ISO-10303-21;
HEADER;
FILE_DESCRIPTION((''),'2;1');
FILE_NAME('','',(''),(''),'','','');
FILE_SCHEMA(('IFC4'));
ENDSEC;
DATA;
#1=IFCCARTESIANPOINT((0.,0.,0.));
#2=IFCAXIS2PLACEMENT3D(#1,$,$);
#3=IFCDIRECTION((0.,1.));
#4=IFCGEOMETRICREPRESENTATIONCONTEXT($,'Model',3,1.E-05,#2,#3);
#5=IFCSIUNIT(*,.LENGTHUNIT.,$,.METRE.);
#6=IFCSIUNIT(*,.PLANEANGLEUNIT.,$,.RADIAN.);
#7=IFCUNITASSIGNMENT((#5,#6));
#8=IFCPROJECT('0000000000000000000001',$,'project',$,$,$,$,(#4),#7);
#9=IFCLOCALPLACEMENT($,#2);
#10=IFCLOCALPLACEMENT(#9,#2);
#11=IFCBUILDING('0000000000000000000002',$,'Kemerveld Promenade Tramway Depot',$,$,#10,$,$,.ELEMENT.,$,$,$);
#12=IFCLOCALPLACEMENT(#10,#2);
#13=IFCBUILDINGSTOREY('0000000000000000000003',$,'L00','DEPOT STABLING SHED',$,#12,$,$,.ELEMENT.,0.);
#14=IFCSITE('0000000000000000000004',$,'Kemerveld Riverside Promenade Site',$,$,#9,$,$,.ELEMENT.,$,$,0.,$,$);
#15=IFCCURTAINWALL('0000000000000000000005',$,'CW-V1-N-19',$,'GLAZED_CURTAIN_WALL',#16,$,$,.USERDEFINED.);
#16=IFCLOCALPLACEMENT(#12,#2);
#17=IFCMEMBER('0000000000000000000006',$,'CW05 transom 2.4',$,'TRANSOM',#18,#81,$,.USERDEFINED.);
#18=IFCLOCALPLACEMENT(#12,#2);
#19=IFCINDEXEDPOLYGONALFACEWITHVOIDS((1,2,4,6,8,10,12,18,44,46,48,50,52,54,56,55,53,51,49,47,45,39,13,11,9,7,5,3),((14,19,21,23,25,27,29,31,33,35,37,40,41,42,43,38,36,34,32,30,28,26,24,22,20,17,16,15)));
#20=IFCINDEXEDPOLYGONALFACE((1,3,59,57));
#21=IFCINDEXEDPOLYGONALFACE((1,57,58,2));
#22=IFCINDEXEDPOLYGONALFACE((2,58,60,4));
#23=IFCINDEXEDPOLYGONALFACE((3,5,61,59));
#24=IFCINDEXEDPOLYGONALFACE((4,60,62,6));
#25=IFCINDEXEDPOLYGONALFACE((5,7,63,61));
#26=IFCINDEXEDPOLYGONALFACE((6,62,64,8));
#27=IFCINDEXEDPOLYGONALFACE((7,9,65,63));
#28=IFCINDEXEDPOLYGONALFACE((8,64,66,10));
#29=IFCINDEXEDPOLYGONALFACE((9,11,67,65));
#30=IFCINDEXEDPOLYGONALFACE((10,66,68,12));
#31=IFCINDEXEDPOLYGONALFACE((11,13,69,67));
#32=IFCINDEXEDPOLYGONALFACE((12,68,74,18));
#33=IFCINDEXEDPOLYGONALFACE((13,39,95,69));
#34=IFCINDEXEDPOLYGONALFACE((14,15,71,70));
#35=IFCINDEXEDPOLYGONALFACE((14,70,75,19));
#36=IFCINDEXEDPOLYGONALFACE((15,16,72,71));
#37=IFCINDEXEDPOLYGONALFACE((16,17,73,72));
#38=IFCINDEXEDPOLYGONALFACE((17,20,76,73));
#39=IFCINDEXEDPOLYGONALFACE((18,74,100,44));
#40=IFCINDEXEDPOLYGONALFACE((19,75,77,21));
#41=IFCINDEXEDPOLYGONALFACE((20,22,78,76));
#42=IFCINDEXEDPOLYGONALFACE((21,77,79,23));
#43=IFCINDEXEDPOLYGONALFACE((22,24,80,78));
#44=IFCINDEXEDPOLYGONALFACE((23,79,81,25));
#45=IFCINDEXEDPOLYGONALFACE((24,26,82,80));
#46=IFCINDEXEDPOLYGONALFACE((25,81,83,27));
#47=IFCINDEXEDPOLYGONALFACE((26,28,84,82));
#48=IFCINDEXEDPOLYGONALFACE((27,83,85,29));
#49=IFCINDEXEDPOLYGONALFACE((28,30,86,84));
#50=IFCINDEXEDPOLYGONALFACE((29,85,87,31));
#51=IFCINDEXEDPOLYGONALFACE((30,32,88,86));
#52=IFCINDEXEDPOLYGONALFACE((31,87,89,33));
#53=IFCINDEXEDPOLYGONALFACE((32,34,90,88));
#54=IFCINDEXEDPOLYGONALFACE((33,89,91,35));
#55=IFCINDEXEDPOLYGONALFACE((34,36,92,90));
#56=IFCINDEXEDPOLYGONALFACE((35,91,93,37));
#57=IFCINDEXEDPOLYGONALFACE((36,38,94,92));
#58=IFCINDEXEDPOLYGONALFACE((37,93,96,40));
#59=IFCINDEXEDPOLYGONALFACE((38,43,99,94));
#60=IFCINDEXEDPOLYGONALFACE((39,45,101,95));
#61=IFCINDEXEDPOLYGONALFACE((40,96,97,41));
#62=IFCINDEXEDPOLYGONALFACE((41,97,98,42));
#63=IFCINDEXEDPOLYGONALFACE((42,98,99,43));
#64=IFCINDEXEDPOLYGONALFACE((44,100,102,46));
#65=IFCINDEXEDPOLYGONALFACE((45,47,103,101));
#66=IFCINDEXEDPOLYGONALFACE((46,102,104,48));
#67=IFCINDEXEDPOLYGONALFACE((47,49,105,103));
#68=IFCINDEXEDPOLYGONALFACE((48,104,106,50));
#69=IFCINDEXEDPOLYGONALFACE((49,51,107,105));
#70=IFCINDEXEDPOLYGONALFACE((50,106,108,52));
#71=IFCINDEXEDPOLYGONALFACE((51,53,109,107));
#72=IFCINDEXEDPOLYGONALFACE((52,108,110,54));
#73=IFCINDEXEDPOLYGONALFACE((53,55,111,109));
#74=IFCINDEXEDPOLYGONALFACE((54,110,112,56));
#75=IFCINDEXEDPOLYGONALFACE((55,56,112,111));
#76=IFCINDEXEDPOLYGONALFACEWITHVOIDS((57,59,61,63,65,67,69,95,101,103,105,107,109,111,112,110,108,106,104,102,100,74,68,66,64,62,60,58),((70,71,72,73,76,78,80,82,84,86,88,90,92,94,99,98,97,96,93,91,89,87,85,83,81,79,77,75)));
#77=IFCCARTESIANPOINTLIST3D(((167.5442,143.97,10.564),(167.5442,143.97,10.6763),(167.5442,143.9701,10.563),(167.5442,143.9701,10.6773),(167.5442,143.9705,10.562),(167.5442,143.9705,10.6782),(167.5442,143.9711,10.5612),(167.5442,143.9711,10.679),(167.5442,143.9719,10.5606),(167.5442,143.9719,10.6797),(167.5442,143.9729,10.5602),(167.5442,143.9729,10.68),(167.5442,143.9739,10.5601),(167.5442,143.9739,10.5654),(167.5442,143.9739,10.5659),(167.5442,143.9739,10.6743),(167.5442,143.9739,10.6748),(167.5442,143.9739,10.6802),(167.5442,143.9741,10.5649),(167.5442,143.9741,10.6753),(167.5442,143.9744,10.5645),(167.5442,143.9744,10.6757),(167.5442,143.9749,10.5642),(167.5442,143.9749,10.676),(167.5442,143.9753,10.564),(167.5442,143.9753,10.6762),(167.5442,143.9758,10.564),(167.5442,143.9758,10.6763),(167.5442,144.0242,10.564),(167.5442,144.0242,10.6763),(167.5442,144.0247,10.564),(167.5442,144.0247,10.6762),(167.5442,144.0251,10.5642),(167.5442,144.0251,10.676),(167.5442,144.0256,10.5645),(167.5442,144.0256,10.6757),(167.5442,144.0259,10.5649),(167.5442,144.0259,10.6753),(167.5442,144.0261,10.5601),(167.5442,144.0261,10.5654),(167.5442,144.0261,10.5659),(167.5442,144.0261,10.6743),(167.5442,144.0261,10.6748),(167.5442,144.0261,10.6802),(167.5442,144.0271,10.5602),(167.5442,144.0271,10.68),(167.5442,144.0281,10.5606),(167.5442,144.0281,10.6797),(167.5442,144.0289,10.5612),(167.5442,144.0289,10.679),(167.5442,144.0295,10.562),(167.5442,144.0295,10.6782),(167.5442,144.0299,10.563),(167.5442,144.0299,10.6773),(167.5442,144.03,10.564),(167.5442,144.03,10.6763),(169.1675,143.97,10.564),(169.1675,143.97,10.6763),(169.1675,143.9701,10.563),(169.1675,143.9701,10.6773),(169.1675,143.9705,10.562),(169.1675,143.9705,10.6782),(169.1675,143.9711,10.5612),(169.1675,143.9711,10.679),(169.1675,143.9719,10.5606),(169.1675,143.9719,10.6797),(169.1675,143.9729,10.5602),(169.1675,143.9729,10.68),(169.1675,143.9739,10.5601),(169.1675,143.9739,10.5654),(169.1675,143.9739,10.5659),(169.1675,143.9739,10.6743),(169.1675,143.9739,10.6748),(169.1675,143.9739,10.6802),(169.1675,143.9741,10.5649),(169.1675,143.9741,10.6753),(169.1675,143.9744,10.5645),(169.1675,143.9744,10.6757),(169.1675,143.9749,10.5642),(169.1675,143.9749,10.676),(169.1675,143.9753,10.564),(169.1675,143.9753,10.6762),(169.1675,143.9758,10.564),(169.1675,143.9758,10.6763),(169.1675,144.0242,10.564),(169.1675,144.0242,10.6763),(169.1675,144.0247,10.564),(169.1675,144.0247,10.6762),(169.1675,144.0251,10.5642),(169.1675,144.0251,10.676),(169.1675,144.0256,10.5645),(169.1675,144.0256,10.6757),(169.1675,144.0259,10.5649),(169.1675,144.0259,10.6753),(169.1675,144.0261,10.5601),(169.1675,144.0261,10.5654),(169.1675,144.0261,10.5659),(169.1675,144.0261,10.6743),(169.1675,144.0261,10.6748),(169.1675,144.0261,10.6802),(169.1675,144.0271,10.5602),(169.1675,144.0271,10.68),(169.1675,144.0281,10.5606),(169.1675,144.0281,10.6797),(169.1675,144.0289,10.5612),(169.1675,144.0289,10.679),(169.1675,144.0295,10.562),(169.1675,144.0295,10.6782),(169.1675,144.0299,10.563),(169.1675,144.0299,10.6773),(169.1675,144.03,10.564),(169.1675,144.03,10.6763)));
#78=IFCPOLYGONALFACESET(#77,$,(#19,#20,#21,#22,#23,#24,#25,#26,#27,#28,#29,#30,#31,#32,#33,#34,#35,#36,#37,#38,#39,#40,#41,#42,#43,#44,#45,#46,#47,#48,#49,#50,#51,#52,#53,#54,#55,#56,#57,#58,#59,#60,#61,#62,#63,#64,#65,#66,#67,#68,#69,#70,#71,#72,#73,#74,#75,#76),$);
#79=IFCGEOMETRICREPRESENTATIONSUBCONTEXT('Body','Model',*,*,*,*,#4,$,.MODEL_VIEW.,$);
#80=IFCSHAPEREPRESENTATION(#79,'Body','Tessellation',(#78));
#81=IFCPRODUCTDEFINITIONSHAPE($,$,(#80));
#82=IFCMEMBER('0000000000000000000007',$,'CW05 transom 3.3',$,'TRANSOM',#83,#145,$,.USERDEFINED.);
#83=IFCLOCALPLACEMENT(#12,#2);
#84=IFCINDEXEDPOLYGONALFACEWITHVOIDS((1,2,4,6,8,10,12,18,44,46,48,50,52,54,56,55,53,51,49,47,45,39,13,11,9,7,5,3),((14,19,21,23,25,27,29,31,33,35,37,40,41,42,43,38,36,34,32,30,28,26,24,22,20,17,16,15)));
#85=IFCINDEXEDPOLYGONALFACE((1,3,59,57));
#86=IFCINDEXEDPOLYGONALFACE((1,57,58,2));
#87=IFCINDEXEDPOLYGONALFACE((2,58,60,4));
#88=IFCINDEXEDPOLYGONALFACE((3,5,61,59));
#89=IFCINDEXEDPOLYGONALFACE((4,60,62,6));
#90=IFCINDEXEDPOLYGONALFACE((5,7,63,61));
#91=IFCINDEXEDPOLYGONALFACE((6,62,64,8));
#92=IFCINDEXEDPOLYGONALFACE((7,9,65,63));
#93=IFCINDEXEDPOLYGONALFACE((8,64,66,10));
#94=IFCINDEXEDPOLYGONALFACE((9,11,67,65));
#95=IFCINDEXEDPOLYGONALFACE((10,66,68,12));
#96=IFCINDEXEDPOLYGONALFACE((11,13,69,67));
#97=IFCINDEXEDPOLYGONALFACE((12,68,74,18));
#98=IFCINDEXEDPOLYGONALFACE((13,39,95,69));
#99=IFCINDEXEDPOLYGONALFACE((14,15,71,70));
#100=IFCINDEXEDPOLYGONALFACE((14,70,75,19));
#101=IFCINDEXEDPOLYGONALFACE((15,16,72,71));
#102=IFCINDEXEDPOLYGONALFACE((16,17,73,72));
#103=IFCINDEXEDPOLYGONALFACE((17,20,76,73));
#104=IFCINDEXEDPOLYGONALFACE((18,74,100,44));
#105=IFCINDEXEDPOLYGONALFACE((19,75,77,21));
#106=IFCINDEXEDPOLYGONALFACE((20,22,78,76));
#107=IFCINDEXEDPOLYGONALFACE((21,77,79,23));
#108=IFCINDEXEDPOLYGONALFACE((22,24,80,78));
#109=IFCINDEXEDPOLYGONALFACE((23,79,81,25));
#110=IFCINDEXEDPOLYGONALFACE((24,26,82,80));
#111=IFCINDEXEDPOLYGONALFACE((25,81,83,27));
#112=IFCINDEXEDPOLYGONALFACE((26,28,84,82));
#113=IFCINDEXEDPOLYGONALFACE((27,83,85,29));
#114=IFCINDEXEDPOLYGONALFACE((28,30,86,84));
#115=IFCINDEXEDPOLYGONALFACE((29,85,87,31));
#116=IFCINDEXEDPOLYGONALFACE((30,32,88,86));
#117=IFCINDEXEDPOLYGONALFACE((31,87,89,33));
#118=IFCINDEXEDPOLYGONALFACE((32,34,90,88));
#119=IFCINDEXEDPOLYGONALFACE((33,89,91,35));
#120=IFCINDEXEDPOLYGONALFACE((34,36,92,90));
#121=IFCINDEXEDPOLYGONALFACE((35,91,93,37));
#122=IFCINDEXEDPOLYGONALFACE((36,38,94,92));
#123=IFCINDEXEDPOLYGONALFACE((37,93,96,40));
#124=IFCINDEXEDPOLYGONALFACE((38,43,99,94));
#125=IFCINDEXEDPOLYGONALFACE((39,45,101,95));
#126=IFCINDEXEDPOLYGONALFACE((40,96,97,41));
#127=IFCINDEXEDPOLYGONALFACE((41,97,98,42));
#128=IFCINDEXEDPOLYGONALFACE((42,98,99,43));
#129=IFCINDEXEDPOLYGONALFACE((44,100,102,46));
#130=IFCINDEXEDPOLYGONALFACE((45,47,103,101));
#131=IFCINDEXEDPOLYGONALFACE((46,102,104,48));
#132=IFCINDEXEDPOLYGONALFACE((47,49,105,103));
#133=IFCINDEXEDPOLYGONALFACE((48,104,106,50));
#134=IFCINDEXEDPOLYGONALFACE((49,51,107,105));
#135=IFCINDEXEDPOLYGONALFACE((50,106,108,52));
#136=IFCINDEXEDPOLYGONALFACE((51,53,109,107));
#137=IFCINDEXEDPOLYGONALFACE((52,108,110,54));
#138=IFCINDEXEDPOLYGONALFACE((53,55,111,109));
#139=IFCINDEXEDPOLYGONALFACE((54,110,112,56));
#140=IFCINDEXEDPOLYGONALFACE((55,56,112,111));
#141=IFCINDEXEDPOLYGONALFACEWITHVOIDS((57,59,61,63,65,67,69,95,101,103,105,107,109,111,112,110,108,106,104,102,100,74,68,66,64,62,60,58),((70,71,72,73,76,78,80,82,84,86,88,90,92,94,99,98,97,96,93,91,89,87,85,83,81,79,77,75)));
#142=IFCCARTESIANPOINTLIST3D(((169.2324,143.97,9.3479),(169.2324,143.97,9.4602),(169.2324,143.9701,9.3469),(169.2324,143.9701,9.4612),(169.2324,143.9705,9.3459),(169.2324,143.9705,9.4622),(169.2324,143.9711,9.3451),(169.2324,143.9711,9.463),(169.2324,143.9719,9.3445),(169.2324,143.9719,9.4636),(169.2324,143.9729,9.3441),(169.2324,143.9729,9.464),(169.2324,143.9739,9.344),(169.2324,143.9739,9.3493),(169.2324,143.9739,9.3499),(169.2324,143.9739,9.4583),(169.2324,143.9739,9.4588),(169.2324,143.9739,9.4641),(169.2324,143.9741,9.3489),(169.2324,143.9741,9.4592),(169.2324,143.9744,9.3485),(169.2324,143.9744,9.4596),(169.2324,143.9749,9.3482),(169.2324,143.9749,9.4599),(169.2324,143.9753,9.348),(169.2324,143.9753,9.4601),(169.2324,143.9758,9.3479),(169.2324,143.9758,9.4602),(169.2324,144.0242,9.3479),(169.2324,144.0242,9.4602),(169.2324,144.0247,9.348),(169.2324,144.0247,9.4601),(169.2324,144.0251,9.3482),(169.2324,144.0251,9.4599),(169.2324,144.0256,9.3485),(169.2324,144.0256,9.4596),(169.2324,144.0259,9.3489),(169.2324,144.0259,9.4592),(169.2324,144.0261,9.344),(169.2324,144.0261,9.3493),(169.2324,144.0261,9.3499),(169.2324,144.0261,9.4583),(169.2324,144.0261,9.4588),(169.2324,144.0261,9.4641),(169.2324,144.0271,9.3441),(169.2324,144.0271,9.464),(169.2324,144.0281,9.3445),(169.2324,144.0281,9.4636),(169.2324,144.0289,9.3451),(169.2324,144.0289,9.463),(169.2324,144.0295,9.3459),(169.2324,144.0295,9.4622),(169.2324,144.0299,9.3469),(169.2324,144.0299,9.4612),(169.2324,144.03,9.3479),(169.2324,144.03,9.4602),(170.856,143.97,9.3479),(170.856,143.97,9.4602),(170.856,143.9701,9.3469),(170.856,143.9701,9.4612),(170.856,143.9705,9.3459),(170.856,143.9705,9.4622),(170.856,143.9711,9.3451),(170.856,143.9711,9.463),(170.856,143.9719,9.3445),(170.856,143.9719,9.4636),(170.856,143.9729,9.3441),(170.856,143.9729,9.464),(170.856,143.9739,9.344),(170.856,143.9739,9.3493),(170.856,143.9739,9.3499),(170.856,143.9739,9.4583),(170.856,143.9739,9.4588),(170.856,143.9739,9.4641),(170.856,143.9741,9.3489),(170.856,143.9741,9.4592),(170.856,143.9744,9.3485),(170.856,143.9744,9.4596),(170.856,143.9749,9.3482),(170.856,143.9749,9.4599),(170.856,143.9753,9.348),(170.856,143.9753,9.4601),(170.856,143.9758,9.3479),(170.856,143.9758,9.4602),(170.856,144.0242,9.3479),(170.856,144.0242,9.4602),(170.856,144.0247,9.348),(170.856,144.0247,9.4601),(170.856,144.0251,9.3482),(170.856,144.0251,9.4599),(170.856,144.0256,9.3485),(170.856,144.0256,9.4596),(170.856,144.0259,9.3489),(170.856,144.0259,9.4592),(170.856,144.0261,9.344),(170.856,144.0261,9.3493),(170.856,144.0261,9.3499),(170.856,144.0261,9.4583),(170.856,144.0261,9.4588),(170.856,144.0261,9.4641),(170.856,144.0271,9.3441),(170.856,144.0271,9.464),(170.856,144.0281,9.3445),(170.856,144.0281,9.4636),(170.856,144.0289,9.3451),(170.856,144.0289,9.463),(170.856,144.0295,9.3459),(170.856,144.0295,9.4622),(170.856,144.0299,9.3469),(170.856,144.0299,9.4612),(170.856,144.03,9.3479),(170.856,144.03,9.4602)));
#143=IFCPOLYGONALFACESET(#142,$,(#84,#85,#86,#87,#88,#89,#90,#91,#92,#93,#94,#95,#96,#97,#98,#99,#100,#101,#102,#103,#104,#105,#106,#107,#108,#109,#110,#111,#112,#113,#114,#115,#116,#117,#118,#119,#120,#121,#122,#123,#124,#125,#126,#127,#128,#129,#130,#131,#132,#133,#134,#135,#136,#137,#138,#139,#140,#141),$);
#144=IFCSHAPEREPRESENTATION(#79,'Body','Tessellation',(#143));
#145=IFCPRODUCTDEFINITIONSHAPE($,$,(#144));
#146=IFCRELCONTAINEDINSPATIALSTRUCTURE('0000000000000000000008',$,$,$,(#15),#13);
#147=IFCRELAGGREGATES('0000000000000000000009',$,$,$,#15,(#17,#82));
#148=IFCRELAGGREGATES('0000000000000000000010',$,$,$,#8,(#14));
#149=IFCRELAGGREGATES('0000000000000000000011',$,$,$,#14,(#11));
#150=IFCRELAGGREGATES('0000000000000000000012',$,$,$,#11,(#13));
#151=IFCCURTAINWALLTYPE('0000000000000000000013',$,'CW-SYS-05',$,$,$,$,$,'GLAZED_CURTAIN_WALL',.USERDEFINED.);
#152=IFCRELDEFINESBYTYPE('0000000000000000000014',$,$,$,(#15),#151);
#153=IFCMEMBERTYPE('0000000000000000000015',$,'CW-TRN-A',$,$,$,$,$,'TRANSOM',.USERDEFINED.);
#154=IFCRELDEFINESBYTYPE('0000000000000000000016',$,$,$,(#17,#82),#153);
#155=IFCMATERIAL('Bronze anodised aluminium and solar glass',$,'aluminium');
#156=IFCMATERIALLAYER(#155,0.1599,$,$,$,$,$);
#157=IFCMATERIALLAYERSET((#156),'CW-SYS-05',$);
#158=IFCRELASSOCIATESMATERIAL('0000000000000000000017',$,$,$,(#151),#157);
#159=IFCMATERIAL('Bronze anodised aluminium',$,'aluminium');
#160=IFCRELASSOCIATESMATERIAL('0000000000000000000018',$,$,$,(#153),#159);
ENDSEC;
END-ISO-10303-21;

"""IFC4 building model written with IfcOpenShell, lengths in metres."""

from ifc_helpers import new_model, si_unit, direction, frame, origin, origin_2d, place, context, subcontext, project, spatial, hollow_rectangle, extrude, material, layer, layer_set, material_profile, profile_set, type_object, element, aggregate, save


model = new_model("IFC4")

# Units and contexts
model_context = context("Model", 3, precision=1e-05, world=origin(), true_north=direction((0.0, 1.0)))
body_context = subcontext(model_context, "Body", "Model", "MODEL_VIEW")
ifc_project = project(units=[si_unit("LENGTHUNIT", "METRE"), si_unit("PLANEANGLEUNIT", "RADIAN")], contexts=[model_context])

# Site, building, storey
site_placement = place(None, origin())
site = spatial("IfcSite", under=ifc_project, at=site_placement, Name="Kemerveld Riverside Promenade Site", CompositionType="ELEMENT", RefElevation=0.0)
building_placement = place(site_placement, origin())
building = spatial("IfcBuilding", under=site, at=building_placement, Name="Kemerveld Promenade Tramway Depot", CompositionType="ELEMENT")
storey_placement = place(building_placement, origin())
storey = spatial("IfcBuildingStorey", under=building, at=storey_placement, Name="L00", Description="DEPOT STABLING SHED", CompositionType="ELEMENT", Elevation=0.0)

# Curtain wall, members
ifc_material_1 = material(Name="Bronze anodised aluminium and solar glass", Category="aluminium")
ifc_layer_1 = layer(ifc_material_1, 0.1599)
ifc_layer_set_1 = layer_set([ifc_layer_1], Name="CW-SYS-05")
curtain_wall_type_1 = type_object("IfcCurtainWallType", Name="CW-SYS-05", ElementType="GLAZED_CURTAIN_WALL", PredefinedType="USERDEFINED", material=ifc_layer_set_1)
curtain_wall_1_placement = place(storey_placement, origin())
curtain_wall_1 = element("IfcCurtainWall", 1, at=curtain_wall_1_placement, inside=storey, type_object=curtain_wall_type_1, Name="CW-V1-N-19", ObjectType="GLAZED_CURTAIN_WALL", PredefinedType="USERDEFINED")
ifc_material_2 = material(Name="Bronze anodised aluminium", Category="aluminium")
ifc_material_profile_1 = material_profile(ifc_material_2, hollow_rectangle(XDim=0.0601, YDim=0.1201, WallThickness=0.0039, InnerFilletRadius=0.002, OuterFilletRadius=0.0039, at=origin_2d()), Name="CW-TRN-120x60")
ifc_profile_set_1 = profile_set([ifc_material_profile_1], Name="Bronze anodised aluminium")
member_type_1 = type_object("IfcMemberType", Name="CW-TRN-A", ElementType="TRANSOM", PredefinedType="USERDEFINED", material=ifc_profile_set_1)
member_1_placement = place(storey_placement, frame((167.5442, 144.0, 10.6201), z_axis=(1.0, 0.0, 0.0), x_axis=(0.0, 1.0, 0.0)))
member_1 = element("IfcMember", 2, at=member_1_placement, type_object=member_type_1, Name="CW05 transom 2.4", ObjectType="TRANSOM", PredefinedType="USERDEFINED", context=body_context, shape_type="SweptSolid", body=[
    extrude(hollow_rectangle(XDim=0.0601, YDim=0.1201, WallThickness=0.0039, InnerFilletRadius=0.002, OuterFilletRadius=0.0039, at=origin_2d()), origin(), (0.0, 0.0, 1.0), 1.6233),
])
member_2_placement = place(storey_placement, frame((169.2324, 144.0, 9.4041), z_axis=(1.0, 0.0, 0.0), x_axis=(0.0, 1.0, 0.0)))
member_2 = element("IfcMember", 3, at=member_2_placement, type_object=member_type_1, Name="CW05 transom 3.3", ObjectType="TRANSOM", PredefinedType="USERDEFINED", context=body_context, shape_type="SweptSolid", body=[
    extrude(hollow_rectangle(XDim=0.0601, YDim=0.1201, WallThickness=0.0039, InnerFilletRadius=0.002, OuterFilletRadius=0.0039, at=origin_2d()), origin(), (0.0, 0.0, 1.0), 1.6235),
])

aggregate(curtain_wall_1, [member_1, member_2])

save(model, "model.ifc")
